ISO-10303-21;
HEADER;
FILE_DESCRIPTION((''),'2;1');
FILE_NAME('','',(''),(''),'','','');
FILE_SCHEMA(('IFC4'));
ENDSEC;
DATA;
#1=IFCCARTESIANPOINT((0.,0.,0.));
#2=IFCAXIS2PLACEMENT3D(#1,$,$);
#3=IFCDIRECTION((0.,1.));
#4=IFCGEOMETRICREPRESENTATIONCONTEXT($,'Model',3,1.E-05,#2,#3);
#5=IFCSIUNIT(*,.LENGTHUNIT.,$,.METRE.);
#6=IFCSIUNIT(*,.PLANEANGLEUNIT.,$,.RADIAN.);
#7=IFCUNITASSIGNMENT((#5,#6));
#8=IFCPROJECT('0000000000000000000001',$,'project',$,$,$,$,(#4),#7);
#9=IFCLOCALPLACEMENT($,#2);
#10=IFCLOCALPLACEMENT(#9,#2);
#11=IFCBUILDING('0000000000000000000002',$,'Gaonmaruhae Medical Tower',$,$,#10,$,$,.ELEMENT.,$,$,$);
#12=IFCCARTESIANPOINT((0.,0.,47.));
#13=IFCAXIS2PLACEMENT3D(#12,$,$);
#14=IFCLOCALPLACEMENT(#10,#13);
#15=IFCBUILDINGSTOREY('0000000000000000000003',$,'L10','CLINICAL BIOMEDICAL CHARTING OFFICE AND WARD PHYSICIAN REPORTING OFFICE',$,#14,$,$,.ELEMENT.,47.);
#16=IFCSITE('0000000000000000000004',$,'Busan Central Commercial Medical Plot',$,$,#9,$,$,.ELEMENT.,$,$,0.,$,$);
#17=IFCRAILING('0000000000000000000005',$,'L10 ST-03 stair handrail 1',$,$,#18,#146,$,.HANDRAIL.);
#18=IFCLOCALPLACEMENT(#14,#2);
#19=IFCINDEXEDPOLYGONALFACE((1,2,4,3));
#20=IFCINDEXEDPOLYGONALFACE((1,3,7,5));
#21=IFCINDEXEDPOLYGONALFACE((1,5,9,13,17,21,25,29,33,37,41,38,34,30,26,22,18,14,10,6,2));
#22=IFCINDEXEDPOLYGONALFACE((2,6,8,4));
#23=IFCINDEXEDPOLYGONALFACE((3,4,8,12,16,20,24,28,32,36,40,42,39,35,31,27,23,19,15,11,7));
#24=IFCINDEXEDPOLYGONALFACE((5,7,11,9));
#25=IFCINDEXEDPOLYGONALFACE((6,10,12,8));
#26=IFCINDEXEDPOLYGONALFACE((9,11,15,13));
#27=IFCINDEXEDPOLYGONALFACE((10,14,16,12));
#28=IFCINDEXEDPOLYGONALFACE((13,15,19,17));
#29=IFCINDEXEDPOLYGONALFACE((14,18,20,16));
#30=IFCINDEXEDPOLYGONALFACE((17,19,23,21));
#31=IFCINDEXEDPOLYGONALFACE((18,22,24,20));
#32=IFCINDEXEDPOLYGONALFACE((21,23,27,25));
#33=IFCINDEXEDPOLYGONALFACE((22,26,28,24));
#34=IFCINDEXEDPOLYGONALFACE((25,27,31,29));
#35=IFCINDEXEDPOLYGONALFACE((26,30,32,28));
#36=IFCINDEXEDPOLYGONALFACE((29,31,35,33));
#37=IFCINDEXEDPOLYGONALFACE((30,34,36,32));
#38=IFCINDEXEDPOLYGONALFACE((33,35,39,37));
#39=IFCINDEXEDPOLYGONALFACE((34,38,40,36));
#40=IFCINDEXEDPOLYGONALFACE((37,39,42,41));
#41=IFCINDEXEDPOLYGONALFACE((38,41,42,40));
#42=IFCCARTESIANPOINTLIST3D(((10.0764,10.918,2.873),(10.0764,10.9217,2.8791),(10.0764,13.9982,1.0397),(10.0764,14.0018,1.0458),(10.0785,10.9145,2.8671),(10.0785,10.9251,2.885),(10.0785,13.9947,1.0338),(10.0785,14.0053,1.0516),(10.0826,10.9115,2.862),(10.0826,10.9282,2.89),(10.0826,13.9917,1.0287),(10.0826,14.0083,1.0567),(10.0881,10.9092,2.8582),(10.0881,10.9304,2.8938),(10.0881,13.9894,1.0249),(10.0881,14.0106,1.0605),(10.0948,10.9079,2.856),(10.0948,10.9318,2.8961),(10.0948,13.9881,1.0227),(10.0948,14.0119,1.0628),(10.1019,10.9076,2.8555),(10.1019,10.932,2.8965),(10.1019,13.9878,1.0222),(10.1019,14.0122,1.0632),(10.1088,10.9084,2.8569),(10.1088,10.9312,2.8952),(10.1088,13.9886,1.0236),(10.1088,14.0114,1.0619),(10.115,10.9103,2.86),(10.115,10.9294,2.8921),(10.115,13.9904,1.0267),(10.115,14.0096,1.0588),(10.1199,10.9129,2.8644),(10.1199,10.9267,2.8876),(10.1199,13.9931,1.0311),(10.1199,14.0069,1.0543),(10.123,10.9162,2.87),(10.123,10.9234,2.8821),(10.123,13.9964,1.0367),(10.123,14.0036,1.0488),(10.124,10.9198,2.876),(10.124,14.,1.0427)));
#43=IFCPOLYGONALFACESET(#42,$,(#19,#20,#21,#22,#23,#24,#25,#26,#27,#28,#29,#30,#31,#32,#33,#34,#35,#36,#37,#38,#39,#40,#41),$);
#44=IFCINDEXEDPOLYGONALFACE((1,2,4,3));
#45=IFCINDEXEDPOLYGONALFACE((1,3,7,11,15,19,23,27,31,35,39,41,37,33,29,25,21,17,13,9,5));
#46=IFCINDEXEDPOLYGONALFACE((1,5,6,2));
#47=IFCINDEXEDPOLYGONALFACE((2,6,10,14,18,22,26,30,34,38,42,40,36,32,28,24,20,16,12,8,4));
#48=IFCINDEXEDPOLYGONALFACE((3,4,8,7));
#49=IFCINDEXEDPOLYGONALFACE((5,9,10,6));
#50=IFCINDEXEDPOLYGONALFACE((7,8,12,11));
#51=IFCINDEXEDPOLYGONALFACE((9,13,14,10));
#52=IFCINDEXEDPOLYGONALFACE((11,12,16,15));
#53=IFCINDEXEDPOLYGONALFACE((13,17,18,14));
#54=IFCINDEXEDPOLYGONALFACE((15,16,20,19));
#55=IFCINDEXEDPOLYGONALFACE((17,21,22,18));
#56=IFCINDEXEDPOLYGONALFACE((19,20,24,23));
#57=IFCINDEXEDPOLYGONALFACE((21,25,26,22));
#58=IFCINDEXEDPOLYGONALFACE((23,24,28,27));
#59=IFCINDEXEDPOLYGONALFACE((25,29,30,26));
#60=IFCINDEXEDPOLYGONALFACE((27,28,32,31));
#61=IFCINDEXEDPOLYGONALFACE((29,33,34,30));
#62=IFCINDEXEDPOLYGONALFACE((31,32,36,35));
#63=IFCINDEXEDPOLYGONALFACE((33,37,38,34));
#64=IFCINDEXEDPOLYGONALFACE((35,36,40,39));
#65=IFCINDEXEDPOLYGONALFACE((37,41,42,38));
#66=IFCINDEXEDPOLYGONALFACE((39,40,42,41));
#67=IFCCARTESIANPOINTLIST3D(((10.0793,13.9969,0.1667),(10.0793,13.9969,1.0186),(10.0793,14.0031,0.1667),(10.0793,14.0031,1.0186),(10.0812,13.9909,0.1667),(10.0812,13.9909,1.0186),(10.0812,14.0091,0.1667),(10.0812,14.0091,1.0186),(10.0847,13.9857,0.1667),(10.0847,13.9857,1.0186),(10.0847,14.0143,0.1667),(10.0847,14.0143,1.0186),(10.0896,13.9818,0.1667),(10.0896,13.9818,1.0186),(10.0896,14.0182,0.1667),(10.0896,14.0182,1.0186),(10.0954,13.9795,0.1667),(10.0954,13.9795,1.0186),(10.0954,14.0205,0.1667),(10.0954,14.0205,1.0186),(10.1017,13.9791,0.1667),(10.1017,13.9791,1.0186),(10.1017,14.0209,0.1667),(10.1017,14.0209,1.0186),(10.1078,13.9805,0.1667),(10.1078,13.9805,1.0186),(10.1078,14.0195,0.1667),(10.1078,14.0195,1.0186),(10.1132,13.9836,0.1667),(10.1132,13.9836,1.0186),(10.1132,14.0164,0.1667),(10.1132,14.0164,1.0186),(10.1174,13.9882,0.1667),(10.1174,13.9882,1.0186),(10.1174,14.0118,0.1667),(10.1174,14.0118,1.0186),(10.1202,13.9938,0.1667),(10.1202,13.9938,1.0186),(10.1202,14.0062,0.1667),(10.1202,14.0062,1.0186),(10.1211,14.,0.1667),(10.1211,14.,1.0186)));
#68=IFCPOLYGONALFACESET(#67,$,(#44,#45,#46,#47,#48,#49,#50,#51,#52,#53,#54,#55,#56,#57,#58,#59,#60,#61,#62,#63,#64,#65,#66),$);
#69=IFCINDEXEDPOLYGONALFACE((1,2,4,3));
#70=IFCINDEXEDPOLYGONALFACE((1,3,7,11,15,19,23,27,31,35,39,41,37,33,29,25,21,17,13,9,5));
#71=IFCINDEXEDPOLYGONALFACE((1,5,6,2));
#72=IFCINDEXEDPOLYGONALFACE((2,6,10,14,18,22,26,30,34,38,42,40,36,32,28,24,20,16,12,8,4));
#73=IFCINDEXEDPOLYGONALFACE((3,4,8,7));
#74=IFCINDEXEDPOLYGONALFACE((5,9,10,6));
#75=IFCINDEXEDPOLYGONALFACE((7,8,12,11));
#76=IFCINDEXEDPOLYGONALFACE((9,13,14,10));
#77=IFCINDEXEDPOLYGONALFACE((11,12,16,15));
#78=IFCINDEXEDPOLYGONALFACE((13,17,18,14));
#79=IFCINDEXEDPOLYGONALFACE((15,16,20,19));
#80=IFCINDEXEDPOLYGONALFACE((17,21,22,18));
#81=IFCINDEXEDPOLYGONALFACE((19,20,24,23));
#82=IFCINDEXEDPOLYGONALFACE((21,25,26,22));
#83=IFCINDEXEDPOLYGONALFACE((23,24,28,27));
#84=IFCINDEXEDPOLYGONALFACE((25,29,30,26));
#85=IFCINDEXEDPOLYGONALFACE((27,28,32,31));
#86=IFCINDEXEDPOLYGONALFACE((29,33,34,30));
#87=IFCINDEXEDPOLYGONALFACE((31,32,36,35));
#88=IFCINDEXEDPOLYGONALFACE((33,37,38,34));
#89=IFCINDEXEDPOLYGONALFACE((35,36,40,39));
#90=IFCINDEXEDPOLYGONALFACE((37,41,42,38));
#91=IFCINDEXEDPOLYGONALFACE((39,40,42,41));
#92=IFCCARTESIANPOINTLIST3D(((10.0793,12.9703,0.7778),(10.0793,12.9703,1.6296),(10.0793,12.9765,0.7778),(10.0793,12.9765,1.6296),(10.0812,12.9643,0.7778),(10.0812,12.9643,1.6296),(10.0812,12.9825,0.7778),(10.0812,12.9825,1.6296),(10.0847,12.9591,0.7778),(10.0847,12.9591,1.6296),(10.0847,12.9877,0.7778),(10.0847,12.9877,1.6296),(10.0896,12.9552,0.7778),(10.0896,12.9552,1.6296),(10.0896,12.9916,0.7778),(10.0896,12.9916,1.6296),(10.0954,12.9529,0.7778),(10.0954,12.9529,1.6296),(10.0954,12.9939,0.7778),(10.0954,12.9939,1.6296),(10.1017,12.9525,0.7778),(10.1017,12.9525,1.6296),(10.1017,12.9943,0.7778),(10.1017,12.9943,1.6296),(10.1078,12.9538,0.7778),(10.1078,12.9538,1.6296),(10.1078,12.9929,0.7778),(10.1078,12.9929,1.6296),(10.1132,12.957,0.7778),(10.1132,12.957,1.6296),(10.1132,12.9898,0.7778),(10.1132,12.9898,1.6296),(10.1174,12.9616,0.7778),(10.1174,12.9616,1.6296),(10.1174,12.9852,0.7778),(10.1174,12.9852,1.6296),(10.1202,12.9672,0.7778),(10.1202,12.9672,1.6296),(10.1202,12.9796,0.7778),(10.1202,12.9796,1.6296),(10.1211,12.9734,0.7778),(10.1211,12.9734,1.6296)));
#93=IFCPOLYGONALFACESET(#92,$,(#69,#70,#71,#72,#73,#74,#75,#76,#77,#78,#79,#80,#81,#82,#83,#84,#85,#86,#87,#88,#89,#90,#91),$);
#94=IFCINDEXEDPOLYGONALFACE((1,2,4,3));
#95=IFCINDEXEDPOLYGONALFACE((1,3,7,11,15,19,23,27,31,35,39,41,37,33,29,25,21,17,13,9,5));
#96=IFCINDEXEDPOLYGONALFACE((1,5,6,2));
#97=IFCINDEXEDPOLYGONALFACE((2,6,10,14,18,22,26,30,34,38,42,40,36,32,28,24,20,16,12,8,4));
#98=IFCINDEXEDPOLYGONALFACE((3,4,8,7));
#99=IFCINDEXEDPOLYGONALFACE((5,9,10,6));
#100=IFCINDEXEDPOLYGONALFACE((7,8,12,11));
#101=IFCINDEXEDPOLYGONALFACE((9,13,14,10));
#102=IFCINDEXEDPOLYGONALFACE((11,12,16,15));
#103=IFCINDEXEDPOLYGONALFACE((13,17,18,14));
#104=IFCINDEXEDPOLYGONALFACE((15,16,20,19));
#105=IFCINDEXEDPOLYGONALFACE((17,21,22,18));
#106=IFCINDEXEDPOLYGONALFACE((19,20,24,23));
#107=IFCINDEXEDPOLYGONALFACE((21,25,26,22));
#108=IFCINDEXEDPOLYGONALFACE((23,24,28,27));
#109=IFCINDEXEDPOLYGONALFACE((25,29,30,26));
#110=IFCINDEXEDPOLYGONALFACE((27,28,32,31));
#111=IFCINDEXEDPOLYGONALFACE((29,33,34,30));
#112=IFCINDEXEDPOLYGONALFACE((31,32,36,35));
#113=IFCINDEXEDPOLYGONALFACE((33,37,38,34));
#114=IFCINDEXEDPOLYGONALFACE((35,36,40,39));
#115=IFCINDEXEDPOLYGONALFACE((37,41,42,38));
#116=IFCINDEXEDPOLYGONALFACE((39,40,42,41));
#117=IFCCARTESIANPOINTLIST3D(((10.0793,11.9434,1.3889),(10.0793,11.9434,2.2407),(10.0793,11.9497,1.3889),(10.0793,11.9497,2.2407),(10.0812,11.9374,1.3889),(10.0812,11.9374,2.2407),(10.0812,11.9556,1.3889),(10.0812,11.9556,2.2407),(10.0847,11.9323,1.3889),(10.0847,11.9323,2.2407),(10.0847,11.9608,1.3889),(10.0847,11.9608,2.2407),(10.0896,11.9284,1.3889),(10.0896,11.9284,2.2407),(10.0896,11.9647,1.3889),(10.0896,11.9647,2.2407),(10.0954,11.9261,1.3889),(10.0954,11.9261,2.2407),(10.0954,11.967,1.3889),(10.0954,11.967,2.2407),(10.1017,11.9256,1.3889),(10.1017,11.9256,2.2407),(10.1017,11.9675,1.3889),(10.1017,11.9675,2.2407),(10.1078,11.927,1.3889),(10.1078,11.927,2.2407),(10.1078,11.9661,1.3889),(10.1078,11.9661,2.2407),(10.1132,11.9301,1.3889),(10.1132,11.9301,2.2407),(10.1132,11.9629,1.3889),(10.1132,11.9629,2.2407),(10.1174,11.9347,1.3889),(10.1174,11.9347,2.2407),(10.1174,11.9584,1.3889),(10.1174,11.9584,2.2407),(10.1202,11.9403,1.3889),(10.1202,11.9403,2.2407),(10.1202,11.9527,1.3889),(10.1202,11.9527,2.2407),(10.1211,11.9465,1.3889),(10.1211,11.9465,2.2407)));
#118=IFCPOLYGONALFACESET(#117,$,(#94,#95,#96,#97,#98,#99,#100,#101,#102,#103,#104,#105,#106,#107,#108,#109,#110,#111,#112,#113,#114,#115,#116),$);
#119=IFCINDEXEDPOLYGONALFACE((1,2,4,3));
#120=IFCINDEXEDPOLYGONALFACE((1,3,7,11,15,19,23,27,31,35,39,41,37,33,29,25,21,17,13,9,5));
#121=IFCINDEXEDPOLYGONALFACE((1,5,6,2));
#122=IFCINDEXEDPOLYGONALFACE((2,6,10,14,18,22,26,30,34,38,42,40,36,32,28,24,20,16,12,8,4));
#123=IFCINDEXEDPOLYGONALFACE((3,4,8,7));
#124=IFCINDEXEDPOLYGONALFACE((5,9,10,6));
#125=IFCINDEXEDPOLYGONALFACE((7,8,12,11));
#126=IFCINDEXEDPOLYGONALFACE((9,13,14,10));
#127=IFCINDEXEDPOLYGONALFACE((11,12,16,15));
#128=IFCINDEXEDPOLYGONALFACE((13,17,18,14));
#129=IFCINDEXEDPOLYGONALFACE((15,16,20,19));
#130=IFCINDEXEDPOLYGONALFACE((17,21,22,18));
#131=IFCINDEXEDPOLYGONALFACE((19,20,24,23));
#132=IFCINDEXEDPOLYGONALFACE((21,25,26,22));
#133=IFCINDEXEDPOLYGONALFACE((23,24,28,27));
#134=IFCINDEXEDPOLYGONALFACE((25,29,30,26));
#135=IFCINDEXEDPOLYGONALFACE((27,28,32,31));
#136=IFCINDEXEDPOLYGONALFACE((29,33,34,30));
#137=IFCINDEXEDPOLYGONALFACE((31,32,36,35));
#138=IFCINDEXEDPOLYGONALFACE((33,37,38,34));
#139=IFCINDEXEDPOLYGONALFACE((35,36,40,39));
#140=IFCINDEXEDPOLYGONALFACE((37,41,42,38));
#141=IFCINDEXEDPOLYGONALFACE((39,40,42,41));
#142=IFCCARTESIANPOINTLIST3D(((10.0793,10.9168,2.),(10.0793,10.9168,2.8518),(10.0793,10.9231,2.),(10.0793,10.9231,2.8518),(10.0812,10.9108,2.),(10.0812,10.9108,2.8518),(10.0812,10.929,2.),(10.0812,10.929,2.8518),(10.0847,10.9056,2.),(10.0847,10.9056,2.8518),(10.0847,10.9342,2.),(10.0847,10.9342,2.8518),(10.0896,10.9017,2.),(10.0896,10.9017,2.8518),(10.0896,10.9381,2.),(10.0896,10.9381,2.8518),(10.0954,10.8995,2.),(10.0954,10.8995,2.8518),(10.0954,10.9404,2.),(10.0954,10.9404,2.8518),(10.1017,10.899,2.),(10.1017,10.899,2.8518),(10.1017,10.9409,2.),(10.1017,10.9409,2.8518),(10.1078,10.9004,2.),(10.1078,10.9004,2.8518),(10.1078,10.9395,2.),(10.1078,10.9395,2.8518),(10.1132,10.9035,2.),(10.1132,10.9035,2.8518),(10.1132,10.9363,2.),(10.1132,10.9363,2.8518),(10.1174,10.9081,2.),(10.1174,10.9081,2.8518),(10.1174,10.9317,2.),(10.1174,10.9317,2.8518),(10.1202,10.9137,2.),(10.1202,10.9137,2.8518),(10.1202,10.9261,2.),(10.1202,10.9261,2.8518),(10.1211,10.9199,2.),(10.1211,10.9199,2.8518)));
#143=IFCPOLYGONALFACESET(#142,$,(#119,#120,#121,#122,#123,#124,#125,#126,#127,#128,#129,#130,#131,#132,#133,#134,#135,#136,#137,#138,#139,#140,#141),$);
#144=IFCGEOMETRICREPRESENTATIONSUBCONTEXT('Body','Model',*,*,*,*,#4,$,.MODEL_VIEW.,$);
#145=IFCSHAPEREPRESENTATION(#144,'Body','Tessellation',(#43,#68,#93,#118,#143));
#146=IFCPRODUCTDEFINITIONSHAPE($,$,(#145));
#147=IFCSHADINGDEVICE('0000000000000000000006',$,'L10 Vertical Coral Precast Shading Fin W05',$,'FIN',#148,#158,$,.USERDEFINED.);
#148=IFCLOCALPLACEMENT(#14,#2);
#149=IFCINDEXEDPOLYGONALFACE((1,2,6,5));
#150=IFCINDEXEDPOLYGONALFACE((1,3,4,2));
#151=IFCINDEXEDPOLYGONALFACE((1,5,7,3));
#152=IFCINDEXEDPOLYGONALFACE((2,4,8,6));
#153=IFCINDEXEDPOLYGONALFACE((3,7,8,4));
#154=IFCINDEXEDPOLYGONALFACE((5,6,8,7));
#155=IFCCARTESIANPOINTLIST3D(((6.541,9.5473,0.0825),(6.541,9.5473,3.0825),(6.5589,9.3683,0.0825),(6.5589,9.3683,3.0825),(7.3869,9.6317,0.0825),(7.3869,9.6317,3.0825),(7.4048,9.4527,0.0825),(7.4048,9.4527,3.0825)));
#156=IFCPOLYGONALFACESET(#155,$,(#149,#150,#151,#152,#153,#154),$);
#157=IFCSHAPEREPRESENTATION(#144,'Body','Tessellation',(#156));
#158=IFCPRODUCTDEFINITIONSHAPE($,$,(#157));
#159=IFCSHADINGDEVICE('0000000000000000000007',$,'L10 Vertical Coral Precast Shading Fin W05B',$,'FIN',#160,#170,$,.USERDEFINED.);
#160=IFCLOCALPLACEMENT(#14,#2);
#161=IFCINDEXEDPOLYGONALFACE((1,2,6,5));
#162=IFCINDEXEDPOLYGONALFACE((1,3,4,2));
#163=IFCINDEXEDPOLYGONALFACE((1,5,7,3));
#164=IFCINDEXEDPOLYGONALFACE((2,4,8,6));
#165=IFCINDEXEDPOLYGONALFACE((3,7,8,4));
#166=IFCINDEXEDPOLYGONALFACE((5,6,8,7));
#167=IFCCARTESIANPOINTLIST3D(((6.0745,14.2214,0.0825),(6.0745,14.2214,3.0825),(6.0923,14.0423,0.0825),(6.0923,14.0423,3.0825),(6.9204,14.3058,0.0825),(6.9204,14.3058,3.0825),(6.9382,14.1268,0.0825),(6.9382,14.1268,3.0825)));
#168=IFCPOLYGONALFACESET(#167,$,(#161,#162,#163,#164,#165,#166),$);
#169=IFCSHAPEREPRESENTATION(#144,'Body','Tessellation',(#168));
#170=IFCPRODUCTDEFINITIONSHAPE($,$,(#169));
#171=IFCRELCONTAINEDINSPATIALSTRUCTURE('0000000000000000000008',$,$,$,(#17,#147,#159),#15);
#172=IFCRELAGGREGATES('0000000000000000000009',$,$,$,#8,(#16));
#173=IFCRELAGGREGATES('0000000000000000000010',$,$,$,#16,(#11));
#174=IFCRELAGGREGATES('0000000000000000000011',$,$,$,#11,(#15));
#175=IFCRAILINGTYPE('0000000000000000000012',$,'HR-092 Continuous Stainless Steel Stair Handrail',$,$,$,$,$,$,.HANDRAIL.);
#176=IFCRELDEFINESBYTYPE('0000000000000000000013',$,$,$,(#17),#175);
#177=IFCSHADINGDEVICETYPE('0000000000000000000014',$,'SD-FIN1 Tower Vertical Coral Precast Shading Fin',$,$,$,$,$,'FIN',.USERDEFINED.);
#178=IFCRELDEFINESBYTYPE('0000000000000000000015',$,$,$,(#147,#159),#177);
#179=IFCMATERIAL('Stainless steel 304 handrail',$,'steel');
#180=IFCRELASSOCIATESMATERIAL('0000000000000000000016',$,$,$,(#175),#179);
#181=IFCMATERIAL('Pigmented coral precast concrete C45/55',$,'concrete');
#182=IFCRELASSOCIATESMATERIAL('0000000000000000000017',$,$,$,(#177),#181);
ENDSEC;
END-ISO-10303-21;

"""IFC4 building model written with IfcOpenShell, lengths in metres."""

from ifc_helpers import new_model, si_unit, direction, frame, origin, origin_2d, place, context, subcontext, project, spatial, rectangle, circle, extrude, material, type_object, element, save


model = new_model("IFC4")

# Units and contexts
model_context = context("Model", 3, precision=1e-05, world=origin(), true_north=direction((0.0, 1.0)))
body_context = subcontext(model_context, "Body", "Model", "MODEL_VIEW")
ifc_project = project(units=[si_unit("LENGTHUNIT", "METRE"), si_unit("PLANEANGLEUNIT", "RADIAN")], contexts=[model_context])

# Site, building, storey
site_placement = place(None, origin())
site = spatial("IfcSite", under=ifc_project, at=site_placement, Name="Busan Central Commercial Medical Plot", CompositionType="ELEMENT", RefElevation=0.0)
building_placement = place(site_placement, origin())
building = spatial("IfcBuilding", under=site, at=building_placement, Name="Gaonmaruhae Medical Tower", CompositionType="ELEMENT")
storey_placement = place(building_placement, frame((0.0, 0.0, 47.0)))
storey = spatial("IfcBuildingStorey", under=building, at=storey_placement, Name="L10", Description="CLINICAL BIOMEDICAL CHARTING OFFICE AND WARD PHYSICIAN REPORTING OFFICE", CompositionType="ELEMENT", Elevation=47.0)

# Railing
ifc_material_1 = material(Name="Stainless steel 304 handrail", Category="steel")
railing_type_1 = type_object("IfcRailingType", Name="HR-092 Continuous Stainless Steel Stair Handrail", PredefinedType="HANDRAIL", material=ifc_material_1)
railing_1_placement = place(storey_placement, frame((10.1001, 14.0, 0.1667)))
element("IfcRailing", 1, at=railing_1_placement, inside=storey, type_object=railing_type_1, Name="L10 ST-03 stair handrail 1", PredefinedType="HANDRAIL", context=body_context, shape_type="SweptSolid", body=[
    extrude(circle(Radius=0.0239, at=origin_2d()), frame((0.0, 0.0, 0.876), z_axis=(0.0, -0.859309, 0.511458), x_axis=(1.0, 0.0, 0.0)), (0.0, 0.0, 1.0), 3.5845),
    extrude(circle(Radius=0.021, at=origin_2d()), origin(), (0.0, 0.0, 1.0), 0.8518),
    extrude(circle(Radius=0.021, at=origin_2d()), frame((0.0, -1.0266, 0.6111)), (0.0, 0.0, 1.0), 0.8518),
    extrude(circle(Radius=0.021, at=origin_2d()), frame((0.0, -2.0535, 1.2222)), (0.0, 0.0, 1.0), 0.8518),
    extrude(circle(Radius=0.021, at=origin_2d()), frame((0.0, -3.0801, 1.8333)), (0.0, 0.0, 1.0), 0.8518),
])

# Shading devices
ifc_material_2 = material(Name="Pigmented coral precast concrete C45/55", Category="concrete")
shading_device_type = type_object("IfcShadingDeviceType", Name="SD-FIN1 Tower Vertical Coral Precast Shading Fin", ElementType="FIN", PredefinedType="USERDEFINED", material=ifc_material_2)
for number, where, z_axis, x_axis, name in (
    (2, (6.9729, 9.5, 0.0825), (0.0, 0.0, 1.0), (-0.09932, 0.995056, 0.0), "L10 Vertical Coral Precast Shading Fin W05"),
    (3, (6.5063, 14.1741, 0.0825), (0.0, 0.0, 1.0), (-0.09932, 0.995056, 0.0), "L10 Vertical Coral Precast Shading Fin W05B"),
):
    element("IfcShadingDevice", number, at=place(storey_placement, frame(where, z_axis=z_axis, x_axis=x_axis)), inside=storey, type_object=shading_device_type, Name=name, ObjectType="FIN", PredefinedType="USERDEFINED", context=body_context, shape_type="SweptSolid", body=[
        extrude(rectangle(XDim=0.1799, YDim=0.8501, at=origin_2d()), origin(), (0.0, 0.0, 1.0), 3.0),
    ])

save(model, "model.ifc")
